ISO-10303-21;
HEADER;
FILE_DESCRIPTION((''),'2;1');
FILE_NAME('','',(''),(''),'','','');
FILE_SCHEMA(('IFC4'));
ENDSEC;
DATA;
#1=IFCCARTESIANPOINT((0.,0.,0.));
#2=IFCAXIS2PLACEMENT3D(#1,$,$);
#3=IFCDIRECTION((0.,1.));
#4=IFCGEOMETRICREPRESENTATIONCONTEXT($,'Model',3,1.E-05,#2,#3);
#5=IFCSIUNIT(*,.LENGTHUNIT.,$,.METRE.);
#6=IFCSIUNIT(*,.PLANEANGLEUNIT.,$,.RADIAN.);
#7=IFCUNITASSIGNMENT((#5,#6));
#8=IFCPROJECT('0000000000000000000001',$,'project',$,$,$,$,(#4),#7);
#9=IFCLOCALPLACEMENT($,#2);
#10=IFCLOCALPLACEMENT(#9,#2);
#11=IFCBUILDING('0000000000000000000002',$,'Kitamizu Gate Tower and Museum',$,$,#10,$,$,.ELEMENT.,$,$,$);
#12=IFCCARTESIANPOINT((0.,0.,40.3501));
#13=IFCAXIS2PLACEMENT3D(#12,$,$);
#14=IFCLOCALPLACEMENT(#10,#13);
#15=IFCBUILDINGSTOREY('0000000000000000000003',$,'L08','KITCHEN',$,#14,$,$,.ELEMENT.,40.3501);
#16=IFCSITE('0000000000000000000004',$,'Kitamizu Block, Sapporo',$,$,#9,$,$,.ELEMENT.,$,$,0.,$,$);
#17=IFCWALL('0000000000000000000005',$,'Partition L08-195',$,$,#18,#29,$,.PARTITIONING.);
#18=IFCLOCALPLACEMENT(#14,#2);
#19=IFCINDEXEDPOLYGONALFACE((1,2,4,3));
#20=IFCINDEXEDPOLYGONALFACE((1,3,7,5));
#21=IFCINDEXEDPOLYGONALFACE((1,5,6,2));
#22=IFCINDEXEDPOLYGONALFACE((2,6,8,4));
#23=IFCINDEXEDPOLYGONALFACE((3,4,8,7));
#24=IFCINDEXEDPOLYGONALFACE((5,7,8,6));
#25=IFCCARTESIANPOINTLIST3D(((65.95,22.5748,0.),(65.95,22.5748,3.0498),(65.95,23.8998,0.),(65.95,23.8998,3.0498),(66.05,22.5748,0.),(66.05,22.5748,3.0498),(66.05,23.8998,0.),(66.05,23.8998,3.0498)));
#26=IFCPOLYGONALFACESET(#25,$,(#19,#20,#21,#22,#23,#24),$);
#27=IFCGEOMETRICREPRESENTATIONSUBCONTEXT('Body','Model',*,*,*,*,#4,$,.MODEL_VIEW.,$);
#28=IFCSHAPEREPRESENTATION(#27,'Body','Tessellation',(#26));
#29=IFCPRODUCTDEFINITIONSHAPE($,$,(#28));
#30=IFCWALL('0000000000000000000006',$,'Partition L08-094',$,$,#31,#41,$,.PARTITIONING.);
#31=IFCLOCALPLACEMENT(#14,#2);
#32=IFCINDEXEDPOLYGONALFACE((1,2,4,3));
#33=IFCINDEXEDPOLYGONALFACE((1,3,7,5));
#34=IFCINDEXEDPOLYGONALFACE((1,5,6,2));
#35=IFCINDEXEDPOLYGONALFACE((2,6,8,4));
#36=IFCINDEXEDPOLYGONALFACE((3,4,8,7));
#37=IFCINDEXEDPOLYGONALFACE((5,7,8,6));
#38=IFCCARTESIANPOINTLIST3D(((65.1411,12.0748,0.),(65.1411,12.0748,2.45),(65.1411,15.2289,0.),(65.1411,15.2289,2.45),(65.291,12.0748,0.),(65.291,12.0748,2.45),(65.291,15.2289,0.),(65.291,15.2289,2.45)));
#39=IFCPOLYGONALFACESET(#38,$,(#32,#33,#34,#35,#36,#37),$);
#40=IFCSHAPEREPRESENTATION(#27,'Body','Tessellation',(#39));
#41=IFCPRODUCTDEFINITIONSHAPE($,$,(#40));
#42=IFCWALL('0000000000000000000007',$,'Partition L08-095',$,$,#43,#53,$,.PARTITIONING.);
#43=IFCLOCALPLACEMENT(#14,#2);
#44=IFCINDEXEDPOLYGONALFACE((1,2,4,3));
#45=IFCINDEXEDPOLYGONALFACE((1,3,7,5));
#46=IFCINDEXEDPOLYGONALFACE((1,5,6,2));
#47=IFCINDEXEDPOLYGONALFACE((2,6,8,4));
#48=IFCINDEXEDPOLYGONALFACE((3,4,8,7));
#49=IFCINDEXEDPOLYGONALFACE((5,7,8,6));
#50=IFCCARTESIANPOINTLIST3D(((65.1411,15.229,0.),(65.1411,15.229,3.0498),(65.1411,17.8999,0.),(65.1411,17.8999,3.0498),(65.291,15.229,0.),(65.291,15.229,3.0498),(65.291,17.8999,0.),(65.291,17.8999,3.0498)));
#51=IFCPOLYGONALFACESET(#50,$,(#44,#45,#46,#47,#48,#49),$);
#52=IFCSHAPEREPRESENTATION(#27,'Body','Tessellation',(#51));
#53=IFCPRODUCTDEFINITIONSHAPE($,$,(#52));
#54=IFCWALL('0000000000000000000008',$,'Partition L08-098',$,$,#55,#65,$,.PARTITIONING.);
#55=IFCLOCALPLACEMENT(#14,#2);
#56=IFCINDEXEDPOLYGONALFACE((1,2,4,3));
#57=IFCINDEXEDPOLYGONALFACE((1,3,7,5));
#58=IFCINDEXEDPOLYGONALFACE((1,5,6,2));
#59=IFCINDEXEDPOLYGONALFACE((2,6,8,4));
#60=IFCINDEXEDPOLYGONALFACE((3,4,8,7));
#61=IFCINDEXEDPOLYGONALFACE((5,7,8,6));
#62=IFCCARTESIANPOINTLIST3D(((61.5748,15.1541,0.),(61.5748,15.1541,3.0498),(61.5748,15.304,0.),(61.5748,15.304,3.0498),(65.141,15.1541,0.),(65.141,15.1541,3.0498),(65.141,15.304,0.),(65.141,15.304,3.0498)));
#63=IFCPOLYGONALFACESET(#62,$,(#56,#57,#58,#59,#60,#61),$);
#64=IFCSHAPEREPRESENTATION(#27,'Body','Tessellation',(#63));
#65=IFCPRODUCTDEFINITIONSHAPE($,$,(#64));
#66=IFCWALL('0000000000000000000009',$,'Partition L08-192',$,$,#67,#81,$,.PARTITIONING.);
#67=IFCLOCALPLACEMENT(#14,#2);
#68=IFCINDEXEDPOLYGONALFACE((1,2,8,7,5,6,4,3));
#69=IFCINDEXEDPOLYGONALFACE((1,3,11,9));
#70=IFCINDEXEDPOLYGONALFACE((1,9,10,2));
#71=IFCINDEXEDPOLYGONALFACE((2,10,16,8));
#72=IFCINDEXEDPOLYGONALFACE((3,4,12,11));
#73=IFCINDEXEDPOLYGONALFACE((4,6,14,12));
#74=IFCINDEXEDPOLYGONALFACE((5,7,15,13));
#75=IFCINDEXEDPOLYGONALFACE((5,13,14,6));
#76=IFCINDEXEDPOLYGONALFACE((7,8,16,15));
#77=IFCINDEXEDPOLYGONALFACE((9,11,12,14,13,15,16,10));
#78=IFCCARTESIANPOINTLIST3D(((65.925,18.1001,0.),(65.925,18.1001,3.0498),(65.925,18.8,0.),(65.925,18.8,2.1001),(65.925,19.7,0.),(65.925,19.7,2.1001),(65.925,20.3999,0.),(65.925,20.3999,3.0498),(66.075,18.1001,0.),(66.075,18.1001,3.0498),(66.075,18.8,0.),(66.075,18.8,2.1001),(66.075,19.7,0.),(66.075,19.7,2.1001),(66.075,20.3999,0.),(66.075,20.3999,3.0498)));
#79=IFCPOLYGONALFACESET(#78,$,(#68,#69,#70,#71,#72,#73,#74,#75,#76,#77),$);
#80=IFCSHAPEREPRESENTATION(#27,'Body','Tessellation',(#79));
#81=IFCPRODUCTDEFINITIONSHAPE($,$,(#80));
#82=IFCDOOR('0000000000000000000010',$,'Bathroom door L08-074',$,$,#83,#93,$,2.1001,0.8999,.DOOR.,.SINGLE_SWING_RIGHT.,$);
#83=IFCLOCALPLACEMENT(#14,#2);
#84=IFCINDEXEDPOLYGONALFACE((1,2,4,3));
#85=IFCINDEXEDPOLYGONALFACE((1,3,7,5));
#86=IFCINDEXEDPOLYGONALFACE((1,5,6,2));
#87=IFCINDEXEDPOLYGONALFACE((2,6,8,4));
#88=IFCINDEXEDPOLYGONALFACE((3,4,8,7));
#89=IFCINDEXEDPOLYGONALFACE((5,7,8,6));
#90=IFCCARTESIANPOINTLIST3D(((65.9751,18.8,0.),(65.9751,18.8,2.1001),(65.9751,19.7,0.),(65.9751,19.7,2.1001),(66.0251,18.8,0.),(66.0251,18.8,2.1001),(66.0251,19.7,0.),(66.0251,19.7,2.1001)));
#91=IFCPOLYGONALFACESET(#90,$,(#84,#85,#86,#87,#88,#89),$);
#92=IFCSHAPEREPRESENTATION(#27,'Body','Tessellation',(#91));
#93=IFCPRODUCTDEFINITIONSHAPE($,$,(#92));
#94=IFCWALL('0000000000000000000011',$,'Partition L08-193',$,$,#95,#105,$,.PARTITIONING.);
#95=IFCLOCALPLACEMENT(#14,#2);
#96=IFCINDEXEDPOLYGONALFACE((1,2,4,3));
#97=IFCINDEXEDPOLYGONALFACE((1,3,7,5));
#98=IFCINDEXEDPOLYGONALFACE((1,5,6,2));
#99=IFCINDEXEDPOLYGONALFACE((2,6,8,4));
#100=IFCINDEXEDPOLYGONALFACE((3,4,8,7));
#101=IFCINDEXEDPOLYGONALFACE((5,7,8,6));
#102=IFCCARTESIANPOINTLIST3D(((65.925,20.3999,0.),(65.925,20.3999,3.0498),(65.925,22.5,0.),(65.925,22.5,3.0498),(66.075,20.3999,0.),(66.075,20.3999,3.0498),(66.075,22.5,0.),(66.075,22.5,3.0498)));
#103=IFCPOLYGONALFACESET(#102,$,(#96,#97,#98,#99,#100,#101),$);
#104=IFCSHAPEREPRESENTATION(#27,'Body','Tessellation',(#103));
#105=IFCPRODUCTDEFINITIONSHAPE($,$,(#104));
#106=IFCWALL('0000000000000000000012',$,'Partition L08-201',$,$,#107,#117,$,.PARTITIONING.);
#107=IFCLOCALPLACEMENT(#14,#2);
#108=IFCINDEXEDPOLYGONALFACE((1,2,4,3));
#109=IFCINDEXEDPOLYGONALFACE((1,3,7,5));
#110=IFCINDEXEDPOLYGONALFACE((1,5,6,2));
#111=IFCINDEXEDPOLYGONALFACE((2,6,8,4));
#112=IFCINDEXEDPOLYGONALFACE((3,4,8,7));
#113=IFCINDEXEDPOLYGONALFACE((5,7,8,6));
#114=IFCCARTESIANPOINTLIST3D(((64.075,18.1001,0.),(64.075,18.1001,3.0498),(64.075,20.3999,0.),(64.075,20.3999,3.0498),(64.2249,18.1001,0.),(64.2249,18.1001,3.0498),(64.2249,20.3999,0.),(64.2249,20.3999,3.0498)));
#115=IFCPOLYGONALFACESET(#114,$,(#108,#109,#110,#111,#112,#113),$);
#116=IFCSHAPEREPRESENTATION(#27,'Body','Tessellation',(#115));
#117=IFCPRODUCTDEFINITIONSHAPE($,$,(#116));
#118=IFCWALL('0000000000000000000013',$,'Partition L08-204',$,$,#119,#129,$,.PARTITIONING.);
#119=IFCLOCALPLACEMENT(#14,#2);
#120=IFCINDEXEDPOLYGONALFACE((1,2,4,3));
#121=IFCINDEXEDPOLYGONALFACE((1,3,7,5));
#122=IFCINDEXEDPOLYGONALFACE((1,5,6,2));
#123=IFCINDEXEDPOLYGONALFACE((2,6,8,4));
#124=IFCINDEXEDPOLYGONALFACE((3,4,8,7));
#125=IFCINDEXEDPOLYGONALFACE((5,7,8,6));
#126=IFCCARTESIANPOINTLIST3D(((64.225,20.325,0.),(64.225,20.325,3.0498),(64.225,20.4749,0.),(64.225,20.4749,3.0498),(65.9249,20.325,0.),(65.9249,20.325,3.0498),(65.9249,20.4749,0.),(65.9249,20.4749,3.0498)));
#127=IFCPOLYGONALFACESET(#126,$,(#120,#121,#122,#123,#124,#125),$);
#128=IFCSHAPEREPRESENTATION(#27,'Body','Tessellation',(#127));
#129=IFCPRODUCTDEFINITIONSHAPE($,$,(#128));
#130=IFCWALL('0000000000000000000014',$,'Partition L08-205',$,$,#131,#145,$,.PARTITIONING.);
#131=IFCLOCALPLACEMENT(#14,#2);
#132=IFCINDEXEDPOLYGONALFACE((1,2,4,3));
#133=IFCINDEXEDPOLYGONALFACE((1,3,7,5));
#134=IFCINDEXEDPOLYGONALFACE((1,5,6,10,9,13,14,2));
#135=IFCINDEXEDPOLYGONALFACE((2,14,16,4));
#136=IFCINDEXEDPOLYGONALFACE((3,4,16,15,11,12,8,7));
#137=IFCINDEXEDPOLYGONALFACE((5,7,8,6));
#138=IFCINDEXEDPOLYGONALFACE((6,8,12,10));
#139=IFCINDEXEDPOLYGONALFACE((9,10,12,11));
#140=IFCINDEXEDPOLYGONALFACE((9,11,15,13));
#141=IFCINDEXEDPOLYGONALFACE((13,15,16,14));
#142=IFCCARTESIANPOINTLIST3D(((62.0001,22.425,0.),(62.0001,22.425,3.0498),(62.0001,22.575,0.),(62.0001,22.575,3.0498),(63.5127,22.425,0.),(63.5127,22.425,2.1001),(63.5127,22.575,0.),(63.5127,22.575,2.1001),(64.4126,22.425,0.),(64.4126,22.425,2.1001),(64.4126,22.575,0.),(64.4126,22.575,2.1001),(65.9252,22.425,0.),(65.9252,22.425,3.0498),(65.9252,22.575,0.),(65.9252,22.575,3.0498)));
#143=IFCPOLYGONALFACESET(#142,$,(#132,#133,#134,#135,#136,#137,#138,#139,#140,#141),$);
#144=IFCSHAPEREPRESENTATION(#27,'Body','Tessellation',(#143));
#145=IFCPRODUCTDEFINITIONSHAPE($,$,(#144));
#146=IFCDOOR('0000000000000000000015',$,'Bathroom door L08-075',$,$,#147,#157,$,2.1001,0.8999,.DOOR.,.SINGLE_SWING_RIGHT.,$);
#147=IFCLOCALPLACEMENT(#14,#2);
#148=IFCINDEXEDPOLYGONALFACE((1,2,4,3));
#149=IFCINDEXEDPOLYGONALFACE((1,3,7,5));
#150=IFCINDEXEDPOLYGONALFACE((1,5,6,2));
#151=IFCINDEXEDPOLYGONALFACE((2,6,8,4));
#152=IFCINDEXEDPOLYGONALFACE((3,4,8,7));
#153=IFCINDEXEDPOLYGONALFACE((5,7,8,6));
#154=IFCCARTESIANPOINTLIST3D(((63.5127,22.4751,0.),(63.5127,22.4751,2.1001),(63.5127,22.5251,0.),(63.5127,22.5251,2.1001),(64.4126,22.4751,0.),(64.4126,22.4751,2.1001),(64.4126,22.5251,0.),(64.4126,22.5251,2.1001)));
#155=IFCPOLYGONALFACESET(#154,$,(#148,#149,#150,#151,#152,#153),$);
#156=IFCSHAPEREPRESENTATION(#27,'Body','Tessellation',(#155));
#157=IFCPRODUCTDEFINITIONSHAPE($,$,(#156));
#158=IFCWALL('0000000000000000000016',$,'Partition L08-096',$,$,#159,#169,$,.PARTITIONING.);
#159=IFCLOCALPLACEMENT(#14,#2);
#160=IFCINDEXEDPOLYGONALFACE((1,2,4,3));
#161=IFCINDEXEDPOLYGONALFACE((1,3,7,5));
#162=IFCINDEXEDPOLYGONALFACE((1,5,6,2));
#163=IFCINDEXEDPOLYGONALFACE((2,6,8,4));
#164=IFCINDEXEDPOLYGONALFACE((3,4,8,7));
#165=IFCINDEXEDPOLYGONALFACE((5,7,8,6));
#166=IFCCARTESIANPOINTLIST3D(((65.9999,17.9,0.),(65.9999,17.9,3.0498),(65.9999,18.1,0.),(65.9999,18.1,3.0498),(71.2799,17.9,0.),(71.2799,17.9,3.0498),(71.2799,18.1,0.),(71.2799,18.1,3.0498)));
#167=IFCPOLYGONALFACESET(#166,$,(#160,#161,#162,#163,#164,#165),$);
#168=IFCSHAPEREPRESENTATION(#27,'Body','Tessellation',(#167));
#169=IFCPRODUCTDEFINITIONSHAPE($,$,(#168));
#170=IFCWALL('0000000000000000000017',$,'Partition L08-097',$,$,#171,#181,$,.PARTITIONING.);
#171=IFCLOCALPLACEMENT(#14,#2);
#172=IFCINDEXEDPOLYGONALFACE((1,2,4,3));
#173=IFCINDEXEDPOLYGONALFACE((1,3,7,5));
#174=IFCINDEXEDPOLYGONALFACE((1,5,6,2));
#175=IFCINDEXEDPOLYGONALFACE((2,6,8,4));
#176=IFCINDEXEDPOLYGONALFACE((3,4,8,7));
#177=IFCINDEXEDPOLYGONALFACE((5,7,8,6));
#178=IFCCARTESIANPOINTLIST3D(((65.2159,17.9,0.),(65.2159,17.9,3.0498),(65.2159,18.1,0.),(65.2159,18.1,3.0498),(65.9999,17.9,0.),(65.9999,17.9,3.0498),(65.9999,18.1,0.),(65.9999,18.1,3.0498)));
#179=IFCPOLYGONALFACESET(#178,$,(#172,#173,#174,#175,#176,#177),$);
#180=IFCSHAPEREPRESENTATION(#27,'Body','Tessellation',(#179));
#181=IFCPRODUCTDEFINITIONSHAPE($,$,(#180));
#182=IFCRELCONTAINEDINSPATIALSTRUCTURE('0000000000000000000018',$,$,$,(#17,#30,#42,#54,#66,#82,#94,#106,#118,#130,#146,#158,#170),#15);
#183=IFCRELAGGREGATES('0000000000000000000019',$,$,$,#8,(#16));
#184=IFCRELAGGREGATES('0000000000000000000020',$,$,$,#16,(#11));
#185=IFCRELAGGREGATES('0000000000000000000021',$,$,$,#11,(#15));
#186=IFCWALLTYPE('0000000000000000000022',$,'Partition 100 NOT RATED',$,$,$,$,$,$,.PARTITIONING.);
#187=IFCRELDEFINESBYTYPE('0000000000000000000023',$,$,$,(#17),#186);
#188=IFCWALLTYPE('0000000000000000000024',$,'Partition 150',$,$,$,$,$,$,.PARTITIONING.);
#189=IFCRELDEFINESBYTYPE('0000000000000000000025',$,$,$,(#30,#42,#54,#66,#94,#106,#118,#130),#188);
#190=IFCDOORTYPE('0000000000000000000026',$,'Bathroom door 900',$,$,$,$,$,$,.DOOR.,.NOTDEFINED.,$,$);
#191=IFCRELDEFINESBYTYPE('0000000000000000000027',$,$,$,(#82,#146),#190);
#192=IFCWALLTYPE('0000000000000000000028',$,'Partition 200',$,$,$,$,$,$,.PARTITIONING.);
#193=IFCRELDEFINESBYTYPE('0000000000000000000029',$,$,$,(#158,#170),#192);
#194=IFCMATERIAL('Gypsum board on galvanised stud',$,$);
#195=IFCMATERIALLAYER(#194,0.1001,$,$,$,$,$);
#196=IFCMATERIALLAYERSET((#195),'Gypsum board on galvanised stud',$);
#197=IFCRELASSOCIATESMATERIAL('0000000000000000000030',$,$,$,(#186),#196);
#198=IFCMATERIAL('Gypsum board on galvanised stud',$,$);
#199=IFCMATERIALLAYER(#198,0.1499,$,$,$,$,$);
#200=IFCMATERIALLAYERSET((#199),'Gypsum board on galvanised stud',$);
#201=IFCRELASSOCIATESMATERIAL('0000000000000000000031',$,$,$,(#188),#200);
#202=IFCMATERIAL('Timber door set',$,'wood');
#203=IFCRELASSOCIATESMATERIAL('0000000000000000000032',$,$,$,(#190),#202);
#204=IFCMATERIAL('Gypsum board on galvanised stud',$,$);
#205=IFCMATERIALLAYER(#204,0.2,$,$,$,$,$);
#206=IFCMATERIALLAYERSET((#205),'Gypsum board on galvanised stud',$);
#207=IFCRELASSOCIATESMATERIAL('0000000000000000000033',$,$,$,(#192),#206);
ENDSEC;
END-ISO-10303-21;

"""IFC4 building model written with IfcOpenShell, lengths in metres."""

from ifc_helpers import new_model, si_unit, direction, frame, frame_2d, origin, place, context, subcontext, project, spatial, rectangle, extrude, material, layer, layer_set, type_object, element, fill, save


model = new_model("IFC4")

# Units and contexts
model_context = context("Model", 3, precision=1e-05, world=origin(), true_north=direction((0.0, 1.0)))
body_context = subcontext(model_context, "Body", "Model", "MODEL_VIEW")
ifc_project = project(units=[si_unit("LENGTHUNIT", "METRE"), si_unit("PLANEANGLEUNIT", "RADIAN")], contexts=[model_context])

# Site, building, storey
site_placement = place(None, origin())
site = spatial("IfcSite", under=ifc_project, at=site_placement, Name="Kitamizu Block, Sapporo", CompositionType="ELEMENT", RefElevation=0.0)
building_placement = place(site_placement, origin())
building = spatial("IfcBuilding", under=site, at=building_placement, Name="Kitamizu Gate Tower and Museum", CompositionType="ELEMENT")
storey_placement = place(building_placement, frame((0.0, 0.0, 40.3501)))
storey = spatial("IfcBuildingStorey", under=building, at=storey_placement, Name="L08", Description="KITCHEN", CompositionType="ELEMENT", Elevation=40.3501)

# Walls
ifc_material_1 = material(Name="Gypsum board on galvanised stud")
ifc_layer_1 = layer(ifc_material_1, 0.1001)
ifc_layer_set_1 = layer_set([ifc_layer_1], Name="Gypsum board on galvanised stud")
wall_type_1 = type_object("IfcWallType", Name="Partition 100 NOT RATED", PredefinedType="PARTITIONING", material=ifc_layer_set_1)
wall_1_placement = place(storey_placement, frame((66.0, 23.8999, 0.0), z_axis=(0.0, 0.0, 1.0), x_axis=(0.0, -1.0, 0.0)))
element("IfcWall", 1, at=wall_1_placement, inside=storey, type_object=wall_type_1, Name="Partition L08-195", PredefinedType="PARTITIONING", context=body_context, shape_type="SweptSolid", body=[
    extrude(rectangle(XDim=1.325, YDim=0.1001, at=frame_2d((0.6626, 0.0))), origin(), (0.0, 0.0, 1.0), 3.0498),
])
ifc_material_2 = material(Name="Gypsum board on galvanised stud")
ifc_layer_2 = layer(ifc_material_2, 0.1499)
ifc_layer_set_2 = layer_set([ifc_layer_2], Name="Gypsum board on galvanised stud")
wall_type_2 = type_object("IfcWallType", Name="Partition 150", PredefinedType="PARTITIONING", material=ifc_layer_set_2)
wall_2_placement = place(storey_placement, frame((65.2161, 15.229, 0.0), z_axis=(0.0, 0.0, 1.0), x_axis=(0.0, -1.0, 0.0)))
element("IfcWall", 2, at=wall_2_placement, inside=storey, type_object=wall_type_2, Name="Partition L08-094", PredefinedType="PARTITIONING", context=body_context, shape_type="SweptSolid", body=[
    extrude(rectangle(XDim=3.1541, YDim=0.1499, at=frame_2d((1.5771, 0.0))), origin(), (0.0, 0.0, 1.0), 2.45),
])
wall_3_placement = place(storey_placement, frame((65.2161, 17.8999, 0.0), z_axis=(0.0, 0.0, 1.0), x_axis=(0.0, -1.0, 0.0)))
element("IfcWall", 3, at=wall_3_placement, inside=storey, type_object=wall_type_2, Name="Partition L08-095", PredefinedType="PARTITIONING", context=body_context, shape_type="SweptSolid", body=[
    extrude(rectangle(XDim=2.6709, YDim=0.1499, at=frame_2d((1.3354, 0.0))), origin(), (0.0, 0.0, 1.0), 3.0498),
])
wall_4_placement = place(storey_placement, frame((65.1411, 15.229, 0.0), z_axis=(0.0, 0.0, 1.0), x_axis=(-1.0, 0.0, 0.0)))
element("IfcWall", 4, at=wall_4_placement, inside=storey, type_object=wall_type_2, Name="Partition L08-098", PredefinedType="PARTITIONING", context=body_context, shape_type="SweptSolid", body=[
    extrude(rectangle(XDim=3.5662, YDim=0.1499, at=frame_2d((1.7832, 0.0))), origin(), (0.0, 0.0, 1.0), 3.0498),
])

# Wall, opening, door
wall_5_placement = place(storey_placement, frame((66.0, 20.3999, 0.0), z_axis=(0.0, 0.0, 1.0), x_axis=(0.0, -1.0, 0.0)))
wall_5 = element("IfcWall", 5, at=wall_5_placement, inside=storey, type_object=wall_type_2, Name="Partition L08-192", PredefinedType="PARTITIONING", context=body_context, shape_type="SweptSolid", body=[
    extrude(rectangle(XDim=2.2998, YDim=0.1499, at=frame_2d((1.1499, 0.0))), origin(), (0.0, 0.0, 1.0), 3.0498),
])
opening_1_placement = place(wall_5_placement, frame((0.7, 0.0, 0.0)))
opening_1 = element("IfcOpeningElement", 6, at=opening_1_placement, cuts=wall_5, PredefinedType="OPENING", context=body_context, shape_type="SweptSolid", body=[
    extrude(rectangle(XDim=0.8999, YDim=2.1001, at=frame_2d((0.45, 1.05))), frame((0.0, 0.085, 0.0), z_axis=(0.0, -1.0, 0.0), x_axis=(1.0, 0.0, 0.0)), (0.0, 0.0, 1.0), 0.1699),
])
ifc_material_3 = material(Name="Timber door set", Category="wood")
door_type = type_object("IfcDoorType", Name="Bathroom door 900", OperationType="NOTDEFINED", PredefinedType="DOOR", material=ifc_material_3)
door_1_placement = place(opening_1_placement, frame((0.8999, 0.0, 0.0), x_axis=(-1.0, 0.0, 0.0)))
door_1 = element("IfcDoor", 7, at=door_1_placement, inside=storey, type_object=door_type, Name="Bathroom door L08-074", OperationType="SINGLE_SWING_RIGHT", OverallHeight=2.1001, OverallWidth=0.8999, PredefinedType="DOOR", context=body_context, shape_type="SweptSolid", body=[
    extrude(rectangle(XDim=0.8999, YDim=2.1001, at=frame_2d((0.45, 1.05))), frame((0.0, 0.0249, 0.0), z_axis=(0.0, -1.0, 0.0), x_axis=(1.0, 0.0, 0.0)), (0.0, 0.0, 1.0), 0.05),
])
fill(opening_1, door_1)

# Walls
wall_6_placement = place(storey_placement, frame((66.0, 22.5, 0.0), z_axis=(0.0, 0.0, 1.0), x_axis=(0.0, -1.0, 0.0)))
element("IfcWall", 8, at=wall_6_placement, inside=storey, type_object=wall_type_2, Name="Partition L08-193", PredefinedType="PARTITIONING", context=body_context, shape_type="SweptSolid", body=[
    extrude(rectangle(XDim=2.1001, YDim=0.1499, at=frame_2d((1.05, 0.0))), origin(), (0.0, 0.0, 1.0), 3.0498),
])
wall_7_placement = place(storey_placement, frame((64.1499, 18.1001, 0.0), z_axis=(0.0, 0.0, 1.0), x_axis=(0.0, 1.0, 0.0)))
element("IfcWall", 9, at=wall_7_placement, inside=storey, type_object=wall_type_2, Name="Partition L08-201", PredefinedType="PARTITIONING", context=body_context, shape_type="SweptSolid", body=[
    extrude(rectangle(XDim=2.2998, YDim=0.1499, at=frame_2d((1.1499, 0.0))), origin(), (0.0, 0.0, 1.0), 3.0498),
])
wall_8_placement = place(storey_placement, frame((65.925, 20.3999, 0.0), z_axis=(0.0, 0.0, 1.0), x_axis=(-1.0, 0.0, 0.0)))
element("IfcWall", 10, at=wall_8_placement, inside=storey, type_object=wall_type_2, Name="Partition L08-204", PredefinedType="PARTITIONING", context=body_context, shape_type="SweptSolid", body=[
    extrude(rectangle(XDim=1.7, YDim=0.1499, at=frame_2d((0.8501, 0.0))), origin(), (0.0, 0.0, 1.0), 3.0498),
])

# Wall, opening, door
wall_9_placement = place(storey_placement, frame((65.925, 22.5, 0.0), z_axis=(0.0, 0.0, 1.0), x_axis=(-1.0, 0.0, 0.0)))
wall_9 = element("IfcWall", 11, at=wall_9_placement, inside=storey, type_object=wall_type_2, Name="Partition L08-205", PredefinedType="PARTITIONING", context=body_context, shape_type="SweptSolid", body=[
    extrude(rectangle(XDim=3.925, YDim=0.1499, at=frame_2d((1.9624, 0.0))), origin(), (0.0, 0.0, 1.0), 3.0498),
])
opening_2_placement = place(wall_9_placement, frame((1.5125, 0.0, 0.0)))
opening_2 = element("IfcOpeningElement", 12, at=opening_2_placement, cuts=wall_9, PredefinedType="OPENING", context=body_context, shape_type="SweptSolid", body=[
    extrude(rectangle(XDim=0.8999, YDim=2.1001, at=frame_2d((0.45, 1.05))), frame((0.0, 0.085, 0.0), z_axis=(0.0, -1.0, 0.0), x_axis=(1.0, 0.0, 0.0)), (0.0, 0.0, 1.0), 0.1699),
])
door_2_placement = place(opening_2_placement, origin())
door_2 = element("IfcDoor", 13, at=door_2_placement, inside=storey, type_object=door_type, Name="Bathroom door L08-075", OperationType="SINGLE_SWING_RIGHT", OverallHeight=2.1001, OverallWidth=0.8999, PredefinedType="DOOR", context=body_context, shape_type="SweptSolid", body=[
    extrude(rectangle(XDim=0.8999, YDim=2.1001, at=frame_2d((0.45, 1.05))), frame((0.0, 0.0249, 0.0), z_axis=(0.0, -1.0, 0.0), x_axis=(1.0, 0.0, 0.0)), (0.0, 0.0, 1.0), 0.05),
])
fill(opening_2, door_2)

# Walls
ifc_material_4 = material(Name="Gypsum board on galvanised stud")
ifc_layer_3 = layer(ifc_material_4, 0.2)
ifc_layer_set_3 = layer_set([ifc_layer_3], Name="Gypsum board on galvanised stud")
wall_type_3 = type_object("IfcWallType", Name="Partition 200", PredefinedType="PARTITIONING", material=ifc_layer_set_3)
wall_10_placement = place(storey_placement, frame((71.28, 18.0, 0.0), z_axis=(0.0, 0.0, 1.0), x_axis=(-1.0, 0.0, 0.0)))
element("IfcWall", 14, at=wall_10_placement, inside=storey, type_object=wall_type_3, Name="Partition L08-096", PredefinedType="PARTITIONING", context=body_context, shape_type="SweptSolid", body=[
    extrude(rectangle(XDim=5.28, YDim=0.2, at=frame_2d((2.6401, 0.0))), origin(), (0.0, 0.0, 1.0), 3.0498),
])
wall_11_placement = place(storey_placement, frame((66.0, 18.0, 0.0), z_axis=(0.0, 0.0, 1.0), x_axis=(-1.0, 0.0, 0.0)))
element("IfcWall", 15, at=wall_11_placement, inside=storey, type_object=wall_type_3, Name="Partition L08-097", PredefinedType="PARTITIONING", context=body_context, shape_type="SweptSolid", body=[
    extrude(rectangle(XDim=0.7839, YDim=0.2, at=frame_2d((0.3921, 0.0))), origin(), (0.0, 0.0, 1.0), 3.0498),
])

save(model, "model.ifc")
